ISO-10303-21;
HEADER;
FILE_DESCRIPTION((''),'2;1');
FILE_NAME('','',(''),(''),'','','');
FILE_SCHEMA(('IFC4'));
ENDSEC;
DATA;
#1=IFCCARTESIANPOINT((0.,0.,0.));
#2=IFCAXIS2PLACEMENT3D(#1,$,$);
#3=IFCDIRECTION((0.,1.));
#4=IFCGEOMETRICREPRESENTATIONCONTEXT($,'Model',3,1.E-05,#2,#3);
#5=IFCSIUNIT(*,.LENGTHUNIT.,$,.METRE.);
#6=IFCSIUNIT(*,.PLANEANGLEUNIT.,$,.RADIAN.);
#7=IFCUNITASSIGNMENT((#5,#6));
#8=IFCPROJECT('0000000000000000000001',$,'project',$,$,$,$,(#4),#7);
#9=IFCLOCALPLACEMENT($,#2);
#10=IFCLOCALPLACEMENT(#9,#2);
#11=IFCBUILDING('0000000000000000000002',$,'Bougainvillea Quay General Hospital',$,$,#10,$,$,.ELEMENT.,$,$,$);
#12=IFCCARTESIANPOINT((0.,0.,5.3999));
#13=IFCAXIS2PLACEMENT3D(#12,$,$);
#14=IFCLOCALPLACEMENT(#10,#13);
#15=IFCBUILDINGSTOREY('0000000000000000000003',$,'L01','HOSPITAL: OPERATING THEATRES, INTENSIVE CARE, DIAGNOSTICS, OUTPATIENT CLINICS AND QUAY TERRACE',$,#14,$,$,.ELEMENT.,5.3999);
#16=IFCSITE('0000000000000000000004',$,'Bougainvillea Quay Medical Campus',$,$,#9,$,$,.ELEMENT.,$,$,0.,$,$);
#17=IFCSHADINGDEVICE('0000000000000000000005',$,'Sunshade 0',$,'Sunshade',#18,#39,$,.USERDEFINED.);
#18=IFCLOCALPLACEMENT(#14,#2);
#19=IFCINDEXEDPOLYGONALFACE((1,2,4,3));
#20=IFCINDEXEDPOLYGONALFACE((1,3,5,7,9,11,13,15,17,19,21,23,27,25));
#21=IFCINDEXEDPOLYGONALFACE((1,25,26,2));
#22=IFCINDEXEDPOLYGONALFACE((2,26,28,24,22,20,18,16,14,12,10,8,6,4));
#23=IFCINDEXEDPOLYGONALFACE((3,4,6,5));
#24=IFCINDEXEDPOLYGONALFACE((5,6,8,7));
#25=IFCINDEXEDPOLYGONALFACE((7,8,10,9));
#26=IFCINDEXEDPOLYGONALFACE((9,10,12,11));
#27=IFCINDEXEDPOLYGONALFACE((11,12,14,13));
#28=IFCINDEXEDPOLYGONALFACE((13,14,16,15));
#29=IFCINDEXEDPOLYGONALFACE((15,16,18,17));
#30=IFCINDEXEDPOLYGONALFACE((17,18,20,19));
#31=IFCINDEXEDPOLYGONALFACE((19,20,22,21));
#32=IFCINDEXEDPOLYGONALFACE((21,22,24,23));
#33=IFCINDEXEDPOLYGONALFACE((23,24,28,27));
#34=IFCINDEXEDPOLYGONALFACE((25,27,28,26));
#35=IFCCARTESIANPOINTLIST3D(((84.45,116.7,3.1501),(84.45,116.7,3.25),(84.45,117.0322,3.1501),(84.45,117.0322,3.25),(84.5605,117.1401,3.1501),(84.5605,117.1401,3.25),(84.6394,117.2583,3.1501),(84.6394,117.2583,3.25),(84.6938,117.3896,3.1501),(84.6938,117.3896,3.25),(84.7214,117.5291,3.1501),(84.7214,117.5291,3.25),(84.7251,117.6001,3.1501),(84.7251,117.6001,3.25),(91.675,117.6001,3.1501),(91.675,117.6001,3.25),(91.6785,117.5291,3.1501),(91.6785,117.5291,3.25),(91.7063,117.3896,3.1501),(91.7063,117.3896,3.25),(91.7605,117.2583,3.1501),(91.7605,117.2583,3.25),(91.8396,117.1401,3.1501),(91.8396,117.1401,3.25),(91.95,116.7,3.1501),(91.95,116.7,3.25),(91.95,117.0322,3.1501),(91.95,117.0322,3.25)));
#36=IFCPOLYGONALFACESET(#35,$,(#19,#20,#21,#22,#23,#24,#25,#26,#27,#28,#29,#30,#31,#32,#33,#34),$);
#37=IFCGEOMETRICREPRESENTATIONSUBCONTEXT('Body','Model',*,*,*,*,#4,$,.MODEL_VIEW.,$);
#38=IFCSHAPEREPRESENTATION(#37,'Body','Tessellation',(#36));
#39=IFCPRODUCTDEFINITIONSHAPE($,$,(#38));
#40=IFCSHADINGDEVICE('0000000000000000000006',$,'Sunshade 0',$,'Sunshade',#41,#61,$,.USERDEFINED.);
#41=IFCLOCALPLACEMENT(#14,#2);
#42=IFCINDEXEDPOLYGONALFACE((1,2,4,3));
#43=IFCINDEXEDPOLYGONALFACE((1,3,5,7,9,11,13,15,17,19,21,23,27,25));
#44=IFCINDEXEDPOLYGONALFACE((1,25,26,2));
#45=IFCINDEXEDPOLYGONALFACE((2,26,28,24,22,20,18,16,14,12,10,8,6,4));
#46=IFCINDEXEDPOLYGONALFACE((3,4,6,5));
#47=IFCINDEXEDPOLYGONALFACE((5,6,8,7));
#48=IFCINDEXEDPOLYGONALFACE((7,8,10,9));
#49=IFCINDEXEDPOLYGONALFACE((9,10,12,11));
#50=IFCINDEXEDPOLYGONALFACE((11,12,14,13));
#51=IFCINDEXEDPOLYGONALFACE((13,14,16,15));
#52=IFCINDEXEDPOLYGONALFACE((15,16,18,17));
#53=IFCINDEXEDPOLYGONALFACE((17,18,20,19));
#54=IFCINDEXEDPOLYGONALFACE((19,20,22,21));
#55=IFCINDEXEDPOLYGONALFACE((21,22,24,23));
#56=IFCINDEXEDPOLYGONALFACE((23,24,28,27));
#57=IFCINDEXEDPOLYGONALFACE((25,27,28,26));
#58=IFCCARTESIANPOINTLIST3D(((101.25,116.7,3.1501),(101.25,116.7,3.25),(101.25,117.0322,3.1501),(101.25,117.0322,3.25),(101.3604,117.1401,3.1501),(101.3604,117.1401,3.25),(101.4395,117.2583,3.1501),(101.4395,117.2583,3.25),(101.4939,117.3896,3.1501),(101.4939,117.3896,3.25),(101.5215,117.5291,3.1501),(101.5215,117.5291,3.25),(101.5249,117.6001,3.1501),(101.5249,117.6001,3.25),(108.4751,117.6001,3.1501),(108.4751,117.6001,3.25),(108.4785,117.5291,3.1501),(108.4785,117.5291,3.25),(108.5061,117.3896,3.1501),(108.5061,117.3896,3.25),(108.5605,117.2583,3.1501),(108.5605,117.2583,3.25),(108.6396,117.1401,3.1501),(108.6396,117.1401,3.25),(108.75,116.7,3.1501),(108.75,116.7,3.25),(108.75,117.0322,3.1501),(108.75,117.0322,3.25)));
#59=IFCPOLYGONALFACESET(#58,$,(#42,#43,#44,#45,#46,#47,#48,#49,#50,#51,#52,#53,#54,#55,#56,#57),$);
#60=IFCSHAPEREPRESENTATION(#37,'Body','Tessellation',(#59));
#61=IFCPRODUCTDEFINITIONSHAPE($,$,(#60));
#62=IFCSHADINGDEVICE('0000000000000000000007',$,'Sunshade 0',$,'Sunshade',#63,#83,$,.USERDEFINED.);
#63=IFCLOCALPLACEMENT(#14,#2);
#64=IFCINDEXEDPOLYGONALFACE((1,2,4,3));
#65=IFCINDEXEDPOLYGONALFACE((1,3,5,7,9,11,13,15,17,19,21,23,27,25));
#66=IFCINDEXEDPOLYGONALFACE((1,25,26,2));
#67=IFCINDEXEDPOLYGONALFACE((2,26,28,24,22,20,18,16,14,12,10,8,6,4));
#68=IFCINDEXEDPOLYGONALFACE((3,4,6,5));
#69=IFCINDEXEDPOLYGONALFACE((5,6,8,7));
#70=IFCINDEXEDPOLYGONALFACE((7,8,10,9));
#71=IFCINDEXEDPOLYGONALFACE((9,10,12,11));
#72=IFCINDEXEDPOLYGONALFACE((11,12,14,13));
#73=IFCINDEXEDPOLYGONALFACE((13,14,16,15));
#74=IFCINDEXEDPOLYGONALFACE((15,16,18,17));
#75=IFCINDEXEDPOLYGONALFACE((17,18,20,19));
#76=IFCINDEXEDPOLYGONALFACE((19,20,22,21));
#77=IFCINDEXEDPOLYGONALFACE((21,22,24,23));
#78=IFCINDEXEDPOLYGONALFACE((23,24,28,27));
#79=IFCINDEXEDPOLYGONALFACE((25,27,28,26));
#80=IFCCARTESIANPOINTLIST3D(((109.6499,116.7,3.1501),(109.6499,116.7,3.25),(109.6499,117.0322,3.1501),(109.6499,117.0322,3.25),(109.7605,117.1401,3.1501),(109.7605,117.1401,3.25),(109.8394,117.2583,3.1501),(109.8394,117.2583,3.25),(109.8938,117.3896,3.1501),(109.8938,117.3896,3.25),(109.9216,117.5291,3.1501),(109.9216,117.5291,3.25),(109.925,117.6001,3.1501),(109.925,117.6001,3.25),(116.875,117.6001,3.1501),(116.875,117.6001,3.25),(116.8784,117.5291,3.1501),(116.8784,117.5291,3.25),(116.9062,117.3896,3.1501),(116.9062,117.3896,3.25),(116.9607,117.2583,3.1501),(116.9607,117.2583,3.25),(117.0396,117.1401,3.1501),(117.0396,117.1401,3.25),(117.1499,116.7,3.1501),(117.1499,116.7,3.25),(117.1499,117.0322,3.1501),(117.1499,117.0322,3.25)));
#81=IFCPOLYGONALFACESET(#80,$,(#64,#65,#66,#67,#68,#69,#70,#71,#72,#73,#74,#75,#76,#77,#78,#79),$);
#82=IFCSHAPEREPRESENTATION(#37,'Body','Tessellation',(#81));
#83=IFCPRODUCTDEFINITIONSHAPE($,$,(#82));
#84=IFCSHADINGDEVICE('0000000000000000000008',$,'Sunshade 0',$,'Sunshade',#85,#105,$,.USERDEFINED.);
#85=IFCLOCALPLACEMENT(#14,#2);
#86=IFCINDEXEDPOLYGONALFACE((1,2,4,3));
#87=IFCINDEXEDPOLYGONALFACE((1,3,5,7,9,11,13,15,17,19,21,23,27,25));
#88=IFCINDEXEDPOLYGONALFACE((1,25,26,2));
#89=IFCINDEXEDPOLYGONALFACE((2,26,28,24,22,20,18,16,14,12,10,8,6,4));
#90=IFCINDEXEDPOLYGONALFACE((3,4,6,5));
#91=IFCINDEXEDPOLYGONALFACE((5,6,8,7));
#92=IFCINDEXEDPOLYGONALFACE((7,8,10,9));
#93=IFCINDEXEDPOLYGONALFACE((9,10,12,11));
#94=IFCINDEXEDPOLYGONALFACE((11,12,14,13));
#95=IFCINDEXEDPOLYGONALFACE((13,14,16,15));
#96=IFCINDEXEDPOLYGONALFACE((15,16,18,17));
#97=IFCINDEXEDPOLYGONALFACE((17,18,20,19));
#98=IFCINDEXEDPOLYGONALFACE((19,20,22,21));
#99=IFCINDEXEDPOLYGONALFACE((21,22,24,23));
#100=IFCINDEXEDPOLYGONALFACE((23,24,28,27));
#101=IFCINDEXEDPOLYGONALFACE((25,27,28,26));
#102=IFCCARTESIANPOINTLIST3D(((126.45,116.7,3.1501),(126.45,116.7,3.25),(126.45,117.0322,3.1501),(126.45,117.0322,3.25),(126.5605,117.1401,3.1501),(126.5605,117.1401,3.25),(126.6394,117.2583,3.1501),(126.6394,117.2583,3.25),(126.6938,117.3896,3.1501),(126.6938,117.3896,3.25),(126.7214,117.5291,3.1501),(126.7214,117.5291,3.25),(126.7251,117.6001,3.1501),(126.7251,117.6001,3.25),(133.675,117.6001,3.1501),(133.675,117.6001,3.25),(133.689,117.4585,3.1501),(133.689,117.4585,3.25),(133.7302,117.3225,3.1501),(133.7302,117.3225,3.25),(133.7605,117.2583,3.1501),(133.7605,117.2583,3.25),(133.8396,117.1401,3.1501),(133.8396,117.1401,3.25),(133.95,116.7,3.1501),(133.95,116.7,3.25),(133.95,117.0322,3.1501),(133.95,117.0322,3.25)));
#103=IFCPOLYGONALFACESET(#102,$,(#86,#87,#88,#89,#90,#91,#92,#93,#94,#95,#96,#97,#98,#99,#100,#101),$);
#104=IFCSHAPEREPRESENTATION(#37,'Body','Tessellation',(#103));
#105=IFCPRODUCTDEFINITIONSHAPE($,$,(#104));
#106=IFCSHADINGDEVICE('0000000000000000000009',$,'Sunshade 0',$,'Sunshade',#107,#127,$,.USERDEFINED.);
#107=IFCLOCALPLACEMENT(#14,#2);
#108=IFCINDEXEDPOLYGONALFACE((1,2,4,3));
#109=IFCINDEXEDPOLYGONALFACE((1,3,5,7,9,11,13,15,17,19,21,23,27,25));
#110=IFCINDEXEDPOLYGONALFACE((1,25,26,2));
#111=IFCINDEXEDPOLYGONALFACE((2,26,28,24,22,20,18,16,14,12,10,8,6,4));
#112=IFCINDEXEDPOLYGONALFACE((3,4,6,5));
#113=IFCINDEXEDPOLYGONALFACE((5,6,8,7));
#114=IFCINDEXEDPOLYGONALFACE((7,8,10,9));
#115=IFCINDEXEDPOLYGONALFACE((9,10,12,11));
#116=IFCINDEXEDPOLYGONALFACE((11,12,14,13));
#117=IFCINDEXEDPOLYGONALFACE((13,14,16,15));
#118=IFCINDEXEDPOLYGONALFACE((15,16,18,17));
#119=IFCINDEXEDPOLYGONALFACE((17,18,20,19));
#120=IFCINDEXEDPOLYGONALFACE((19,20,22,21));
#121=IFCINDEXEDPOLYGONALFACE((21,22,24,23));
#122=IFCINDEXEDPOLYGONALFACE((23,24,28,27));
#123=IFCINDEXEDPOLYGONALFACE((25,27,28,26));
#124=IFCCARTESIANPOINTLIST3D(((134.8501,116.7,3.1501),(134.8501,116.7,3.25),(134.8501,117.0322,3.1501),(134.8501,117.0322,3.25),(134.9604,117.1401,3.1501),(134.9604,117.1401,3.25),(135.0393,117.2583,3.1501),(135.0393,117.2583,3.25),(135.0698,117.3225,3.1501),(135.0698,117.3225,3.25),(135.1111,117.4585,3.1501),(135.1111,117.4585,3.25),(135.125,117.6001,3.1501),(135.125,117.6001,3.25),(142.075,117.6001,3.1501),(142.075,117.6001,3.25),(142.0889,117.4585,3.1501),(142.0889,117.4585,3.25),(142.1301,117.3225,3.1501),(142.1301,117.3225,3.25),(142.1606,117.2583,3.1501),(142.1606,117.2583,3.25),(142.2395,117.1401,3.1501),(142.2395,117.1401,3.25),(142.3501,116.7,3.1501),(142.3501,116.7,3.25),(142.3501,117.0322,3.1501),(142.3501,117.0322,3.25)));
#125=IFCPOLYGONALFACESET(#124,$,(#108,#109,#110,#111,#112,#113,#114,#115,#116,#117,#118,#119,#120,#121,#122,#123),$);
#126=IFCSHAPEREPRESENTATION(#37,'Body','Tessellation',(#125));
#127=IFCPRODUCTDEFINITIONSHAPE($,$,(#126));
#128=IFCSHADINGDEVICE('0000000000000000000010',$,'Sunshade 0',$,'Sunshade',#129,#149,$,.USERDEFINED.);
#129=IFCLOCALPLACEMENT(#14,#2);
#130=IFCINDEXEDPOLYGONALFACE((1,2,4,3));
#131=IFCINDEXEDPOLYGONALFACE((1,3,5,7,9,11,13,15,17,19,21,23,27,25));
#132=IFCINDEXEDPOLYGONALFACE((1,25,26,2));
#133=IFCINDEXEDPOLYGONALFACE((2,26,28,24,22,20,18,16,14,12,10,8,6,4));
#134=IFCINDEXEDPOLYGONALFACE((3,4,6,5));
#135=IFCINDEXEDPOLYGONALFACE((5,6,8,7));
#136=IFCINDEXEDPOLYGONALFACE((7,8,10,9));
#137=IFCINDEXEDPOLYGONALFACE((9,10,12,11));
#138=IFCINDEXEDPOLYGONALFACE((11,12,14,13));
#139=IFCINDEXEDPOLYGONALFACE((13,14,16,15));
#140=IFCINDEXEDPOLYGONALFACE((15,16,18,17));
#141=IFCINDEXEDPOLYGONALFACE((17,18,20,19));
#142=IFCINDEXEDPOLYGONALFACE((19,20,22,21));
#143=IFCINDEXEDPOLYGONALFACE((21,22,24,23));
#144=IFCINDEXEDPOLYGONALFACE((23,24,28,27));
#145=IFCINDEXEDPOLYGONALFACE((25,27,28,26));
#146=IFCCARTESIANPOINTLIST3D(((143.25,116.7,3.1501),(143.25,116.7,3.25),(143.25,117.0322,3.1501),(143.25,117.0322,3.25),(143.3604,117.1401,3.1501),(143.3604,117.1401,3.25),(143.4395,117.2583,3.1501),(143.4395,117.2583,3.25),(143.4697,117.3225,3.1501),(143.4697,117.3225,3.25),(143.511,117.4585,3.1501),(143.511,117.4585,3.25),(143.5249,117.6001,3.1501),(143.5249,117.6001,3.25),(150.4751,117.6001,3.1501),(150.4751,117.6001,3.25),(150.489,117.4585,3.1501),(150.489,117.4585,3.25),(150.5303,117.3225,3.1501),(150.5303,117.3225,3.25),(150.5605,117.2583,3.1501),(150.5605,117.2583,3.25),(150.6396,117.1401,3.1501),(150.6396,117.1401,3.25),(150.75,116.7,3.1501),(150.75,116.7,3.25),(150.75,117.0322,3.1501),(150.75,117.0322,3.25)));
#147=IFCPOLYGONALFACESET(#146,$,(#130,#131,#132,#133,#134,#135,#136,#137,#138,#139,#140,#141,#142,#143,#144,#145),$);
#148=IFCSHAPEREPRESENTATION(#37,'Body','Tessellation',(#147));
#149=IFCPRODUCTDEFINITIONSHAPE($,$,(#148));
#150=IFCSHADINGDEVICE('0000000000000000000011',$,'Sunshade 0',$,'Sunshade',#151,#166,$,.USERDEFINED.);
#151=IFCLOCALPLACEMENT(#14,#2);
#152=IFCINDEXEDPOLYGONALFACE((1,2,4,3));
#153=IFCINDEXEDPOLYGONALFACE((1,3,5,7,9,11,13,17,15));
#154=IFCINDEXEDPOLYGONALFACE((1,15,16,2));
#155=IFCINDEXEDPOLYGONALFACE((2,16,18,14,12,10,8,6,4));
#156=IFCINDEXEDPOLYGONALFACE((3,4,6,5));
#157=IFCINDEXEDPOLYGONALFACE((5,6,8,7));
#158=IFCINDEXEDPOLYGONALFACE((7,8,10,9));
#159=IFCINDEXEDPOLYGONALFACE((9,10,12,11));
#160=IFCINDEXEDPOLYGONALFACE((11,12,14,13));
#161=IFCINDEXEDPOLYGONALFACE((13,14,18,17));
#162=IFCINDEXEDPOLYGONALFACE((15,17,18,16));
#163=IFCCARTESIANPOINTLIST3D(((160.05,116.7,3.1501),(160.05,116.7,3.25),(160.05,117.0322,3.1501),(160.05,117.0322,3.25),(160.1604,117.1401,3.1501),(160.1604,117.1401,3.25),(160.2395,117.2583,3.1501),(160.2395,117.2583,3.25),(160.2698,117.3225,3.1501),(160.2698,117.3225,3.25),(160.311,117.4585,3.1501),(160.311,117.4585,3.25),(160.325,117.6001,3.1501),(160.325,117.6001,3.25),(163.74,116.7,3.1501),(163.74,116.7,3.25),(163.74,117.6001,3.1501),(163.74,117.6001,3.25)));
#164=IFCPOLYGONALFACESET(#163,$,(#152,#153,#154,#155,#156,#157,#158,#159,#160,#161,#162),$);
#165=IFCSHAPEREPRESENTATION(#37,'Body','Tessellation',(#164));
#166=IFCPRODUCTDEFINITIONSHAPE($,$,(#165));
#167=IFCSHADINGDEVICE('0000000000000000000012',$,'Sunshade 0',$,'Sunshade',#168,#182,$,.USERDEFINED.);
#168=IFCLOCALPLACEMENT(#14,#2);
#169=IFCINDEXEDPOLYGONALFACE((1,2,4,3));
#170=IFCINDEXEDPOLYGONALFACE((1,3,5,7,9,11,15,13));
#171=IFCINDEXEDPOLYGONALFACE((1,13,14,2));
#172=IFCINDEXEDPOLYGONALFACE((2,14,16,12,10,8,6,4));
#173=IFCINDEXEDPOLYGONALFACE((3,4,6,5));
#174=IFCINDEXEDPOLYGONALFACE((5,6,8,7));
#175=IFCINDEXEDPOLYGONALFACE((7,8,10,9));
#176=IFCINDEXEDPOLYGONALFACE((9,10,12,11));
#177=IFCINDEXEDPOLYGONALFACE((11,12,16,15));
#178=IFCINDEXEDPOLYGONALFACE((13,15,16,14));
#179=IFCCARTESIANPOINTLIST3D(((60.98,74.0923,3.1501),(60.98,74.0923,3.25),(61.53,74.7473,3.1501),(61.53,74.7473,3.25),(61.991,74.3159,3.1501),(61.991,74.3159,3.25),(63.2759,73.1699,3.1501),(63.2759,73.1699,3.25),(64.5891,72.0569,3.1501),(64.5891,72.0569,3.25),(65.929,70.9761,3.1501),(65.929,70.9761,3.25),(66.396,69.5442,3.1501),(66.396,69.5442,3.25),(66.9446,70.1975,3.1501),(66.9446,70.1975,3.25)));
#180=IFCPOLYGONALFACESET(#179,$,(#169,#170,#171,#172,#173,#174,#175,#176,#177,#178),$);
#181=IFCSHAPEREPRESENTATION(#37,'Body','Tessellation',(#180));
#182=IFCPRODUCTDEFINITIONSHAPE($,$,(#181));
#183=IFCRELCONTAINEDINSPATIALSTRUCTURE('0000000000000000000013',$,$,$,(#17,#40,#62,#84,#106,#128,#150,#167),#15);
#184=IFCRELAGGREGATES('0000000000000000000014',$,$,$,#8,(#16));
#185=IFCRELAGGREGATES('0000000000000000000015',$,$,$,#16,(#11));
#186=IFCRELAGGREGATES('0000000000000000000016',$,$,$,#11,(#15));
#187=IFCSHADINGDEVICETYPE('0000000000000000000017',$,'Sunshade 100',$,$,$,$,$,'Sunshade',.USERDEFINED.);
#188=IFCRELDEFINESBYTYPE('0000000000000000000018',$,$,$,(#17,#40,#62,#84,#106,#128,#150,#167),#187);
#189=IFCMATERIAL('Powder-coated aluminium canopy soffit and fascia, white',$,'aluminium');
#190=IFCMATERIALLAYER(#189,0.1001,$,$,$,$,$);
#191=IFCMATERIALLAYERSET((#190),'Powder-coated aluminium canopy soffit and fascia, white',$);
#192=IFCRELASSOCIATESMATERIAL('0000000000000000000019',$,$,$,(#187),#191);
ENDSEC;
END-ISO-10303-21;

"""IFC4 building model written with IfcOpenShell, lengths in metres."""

from ifc_helpers import new_model, si_unit, direction, frame, origin, place, context, subcontext, project, spatial, polyline, outline, extrude, material, layer, layer_set, type_object, element, save


model = new_model("IFC4")

# Units and contexts
model_context = context("Model", 3, precision=1e-05, world=origin(), true_north=direction((0.0, 1.0)))
body_context = subcontext(model_context, "Body", "Model", "MODEL_VIEW")
ifc_project = project(units=[si_unit("LENGTHUNIT", "METRE"), si_unit("PLANEANGLEUNIT", "RADIAN")], contexts=[model_context])

# Site, building, storey
site_placement = place(None, origin())
site = spatial("IfcSite", under=ifc_project, at=site_placement, Name="Bougainvillea Quay Medical Campus", CompositionType="ELEMENT", RefElevation=0.0)
building_placement = place(site_placement, origin())
building = spatial("IfcBuilding", under=site, at=building_placement, Name="Bougainvillea Quay General Hospital", CompositionType="ELEMENT")
storey_placement = place(building_placement, frame((0.0, 0.0, 5.3999)))
storey = spatial("IfcBuildingStorey", under=building, at=storey_placement, Name="L01", Description="HOSPITAL: OPERATING THEATRES, INTENSIVE CARE, DIAGNOSTICS, OUTPATIENT CLINICS AND QUAY TERRACE", CompositionType="ELEMENT", Elevation=5.3999)

# Shading devices
ifc_material_1 = material(Name="Powder-coated aluminium canopy soffit and fascia, white", Category="aluminium")
ifc_layer_1 = layer(ifc_material_1, 0.1001)
ifc_layer_set_1 = layer_set([ifc_layer_1], Name="Powder-coated aluminium canopy soffit and fascia, white")
shading_device_type = type_object("IfcShadingDeviceType", Name="Sunshade 100", ElementType="Sunshade", PredefinedType="USERDEFINED", material=ifc_layer_set_1)
shading_device_1_placement = place(storey_placement, frame((0.0, 0.0, 3.1501)))
element("IfcShadingDevice", 1, at=shading_device_1_placement, inside=storey, type_object=shading_device_type, Name="Sunshade 0", ObjectType="Sunshade", PredefinedType="USERDEFINED", context=body_context, shape_type="SweptSolid", body=[
    extrude(outline(polyline([(91.675, 117.6001), (84.7251, 117.6001), (84.7214, 117.5291), (84.6938, 117.3896), (84.6394, 117.2583), (84.5605, 117.1401), (84.45, 117.0322), (84.45, 116.7), (91.95, 116.7), (91.95, 117.0322), (91.8396, 117.1401), (91.7605, 117.2583), (91.7063, 117.3896), (91.6785, 117.5291), (91.675, 117.6001)])), origin(), (0.0, 0.0, 1.0), 0.0999),
])
shading_device_2_placement = place(storey_placement, frame((0.0, 0.0, 3.1501)))
element("IfcShadingDevice", 2, at=shading_device_2_placement, inside=storey, type_object=shading_device_type, Name="Sunshade 0", ObjectType="Sunshade", PredefinedType="USERDEFINED", context=body_context, shape_type="SweptSolid", body=[
    extrude(outline(polyline([(108.4751, 117.6001), (101.5249, 117.6001), (101.5215, 117.5291), (101.4939, 117.3896), (101.4395, 117.2583), (101.3604, 117.1401), (101.25, 117.0322), (101.25, 116.7), (108.75, 116.7), (108.75, 117.0322), (108.6396, 117.1401), (108.5605, 117.2583), (108.5061, 117.3896), (108.4785, 117.5291), (108.4751, 117.6001)])), origin(), (0.0, 0.0, 1.0), 0.0999),
])
shading_device_3_placement = place(storey_placement, frame((0.0, 0.0, 3.1501)))
element("IfcShadingDevice", 3, at=shading_device_3_placement, inside=storey, type_object=shading_device_type, Name="Sunshade 0", ObjectType="Sunshade", PredefinedType="USERDEFINED", context=body_context, shape_type="SweptSolid", body=[
    extrude(outline(polyline([(116.875, 117.6001), (109.925, 117.6001), (109.9216, 117.5291), (109.8938, 117.3896), (109.8394, 117.2583), (109.7605, 117.1401), (109.6499, 117.0322), (109.6499, 116.7), (117.1499, 116.7), (117.1499, 117.0322), (117.0396, 117.1401), (116.9607, 117.2583), (116.9062, 117.3896), (116.8784, 117.5291), (116.875, 117.6001)])), origin(), (0.0, 0.0, 1.0), 0.0999),
])
shading_device_4_placement = place(storey_placement, frame((0.0, 0.0, 3.1501)))
element("IfcShadingDevice", 4, at=shading_device_4_placement, inside=storey, type_object=shading_device_type, Name="Sunshade 0", ObjectType="Sunshade", PredefinedType="USERDEFINED", context=body_context, shape_type="SweptSolid", body=[
    extrude(outline(polyline([(133.675, 117.6001), (126.7251, 117.6001), (126.7214, 117.5291), (126.6938, 117.3896), (126.6394, 117.2583), (126.5605, 117.1401), (126.45, 117.0322), (126.45, 116.7), (133.95, 116.7), (133.95, 117.0322), (133.8396, 117.1401), (133.7605, 117.2583), (133.7302, 117.3225), (133.689, 117.4585), (133.675, 117.6001)])), origin(), (0.0, 0.0, 1.0), 0.0999),
])
shading_device_5_placement = place(storey_placement, frame((0.0, 0.0, 3.1501)))
element("IfcShadingDevice", 5, at=shading_device_5_placement, inside=storey, type_object=shading_device_type, Name="Sunshade 0", ObjectType="Sunshade", PredefinedType="USERDEFINED", context=body_context, shape_type="SweptSolid", body=[
    extrude(outline(polyline([(142.075, 117.6001), (135.125, 117.6001), (135.1111, 117.4585), (135.0698, 117.3225), (135.0393, 117.2583), (134.9604, 117.1401), (134.8501, 117.0322), (134.8501, 116.7), (142.3501, 116.7), (142.3501, 117.0322), (142.2395, 117.1401), (142.1606, 117.2583), (142.1301, 117.3225), (142.0889, 117.4585), (142.075, 117.6001)])), origin(), (0.0, 0.0, 1.0), 0.0999),
])
shading_device_6_placement = place(storey_placement, frame((0.0, 0.0, 3.1501)))
element("IfcShadingDevice", 6, at=shading_device_6_placement, inside=storey, type_object=shading_device_type, Name="Sunshade 0", ObjectType="Sunshade", PredefinedType="USERDEFINED", context=body_context, shape_type="SweptSolid", body=[
    extrude(outline(polyline([(150.4751, 117.6001), (143.5249, 117.6001), (143.511, 117.4585), (143.4697, 117.3225), (143.4395, 117.2583), (143.3604, 117.1401), (143.25, 117.0322), (143.25, 116.7), (150.75, 116.7), (150.75, 117.0322), (150.6396, 117.1401), (150.5605, 117.2583), (150.5303, 117.3225), (150.489, 117.4585), (150.4751, 117.6001)])), origin(), (0.0, 0.0, 1.0), 0.0999),
])
shading_device_7_placement = place(storey_placement, frame((0.0, 0.0, 3.1501)))
element("IfcShadingDevice", 7, at=shading_device_7_placement, inside=storey, type_object=shading_device_type, Name="Sunshade 0", ObjectType="Sunshade", PredefinedType="USERDEFINED", context=body_context, shape_type="SweptSolid", body=[
    extrude(outline(polyline([(163.74, 117.6001), (160.325, 117.6001), (160.311, 117.4585), (160.2698, 117.3225), (160.2395, 117.2583), (160.1604, 117.1401), (160.05, 117.0322), (160.05, 116.7), (163.74, 116.7), (163.74, 117.6001)])), origin(), (0.0, 0.0, 1.0), 0.0999),
])
shading_device_8_placement = place(storey_placement, frame((0.0, 0.0, 3.1501)))
element("IfcShadingDevice", 8, at=shading_device_8_placement, inside=storey, type_object=shading_device_type, Name="Sunshade 0", ObjectType="Sunshade", PredefinedType="USERDEFINED", context=body_context, shape_type="SweptSolid", body=[
    extrude(outline(polyline([(66.396, 69.5442), (66.9446, 70.1975), (65.929, 70.9761), (64.5891, 72.0569), (63.2759, 73.1699), (61.991, 74.3159), (61.53, 74.7473), (60.98, 74.0923), (66.396, 69.5442)])), origin(), (0.0, 0.0, 1.0), 0.0999),
])

save(model, "model.ifc")
